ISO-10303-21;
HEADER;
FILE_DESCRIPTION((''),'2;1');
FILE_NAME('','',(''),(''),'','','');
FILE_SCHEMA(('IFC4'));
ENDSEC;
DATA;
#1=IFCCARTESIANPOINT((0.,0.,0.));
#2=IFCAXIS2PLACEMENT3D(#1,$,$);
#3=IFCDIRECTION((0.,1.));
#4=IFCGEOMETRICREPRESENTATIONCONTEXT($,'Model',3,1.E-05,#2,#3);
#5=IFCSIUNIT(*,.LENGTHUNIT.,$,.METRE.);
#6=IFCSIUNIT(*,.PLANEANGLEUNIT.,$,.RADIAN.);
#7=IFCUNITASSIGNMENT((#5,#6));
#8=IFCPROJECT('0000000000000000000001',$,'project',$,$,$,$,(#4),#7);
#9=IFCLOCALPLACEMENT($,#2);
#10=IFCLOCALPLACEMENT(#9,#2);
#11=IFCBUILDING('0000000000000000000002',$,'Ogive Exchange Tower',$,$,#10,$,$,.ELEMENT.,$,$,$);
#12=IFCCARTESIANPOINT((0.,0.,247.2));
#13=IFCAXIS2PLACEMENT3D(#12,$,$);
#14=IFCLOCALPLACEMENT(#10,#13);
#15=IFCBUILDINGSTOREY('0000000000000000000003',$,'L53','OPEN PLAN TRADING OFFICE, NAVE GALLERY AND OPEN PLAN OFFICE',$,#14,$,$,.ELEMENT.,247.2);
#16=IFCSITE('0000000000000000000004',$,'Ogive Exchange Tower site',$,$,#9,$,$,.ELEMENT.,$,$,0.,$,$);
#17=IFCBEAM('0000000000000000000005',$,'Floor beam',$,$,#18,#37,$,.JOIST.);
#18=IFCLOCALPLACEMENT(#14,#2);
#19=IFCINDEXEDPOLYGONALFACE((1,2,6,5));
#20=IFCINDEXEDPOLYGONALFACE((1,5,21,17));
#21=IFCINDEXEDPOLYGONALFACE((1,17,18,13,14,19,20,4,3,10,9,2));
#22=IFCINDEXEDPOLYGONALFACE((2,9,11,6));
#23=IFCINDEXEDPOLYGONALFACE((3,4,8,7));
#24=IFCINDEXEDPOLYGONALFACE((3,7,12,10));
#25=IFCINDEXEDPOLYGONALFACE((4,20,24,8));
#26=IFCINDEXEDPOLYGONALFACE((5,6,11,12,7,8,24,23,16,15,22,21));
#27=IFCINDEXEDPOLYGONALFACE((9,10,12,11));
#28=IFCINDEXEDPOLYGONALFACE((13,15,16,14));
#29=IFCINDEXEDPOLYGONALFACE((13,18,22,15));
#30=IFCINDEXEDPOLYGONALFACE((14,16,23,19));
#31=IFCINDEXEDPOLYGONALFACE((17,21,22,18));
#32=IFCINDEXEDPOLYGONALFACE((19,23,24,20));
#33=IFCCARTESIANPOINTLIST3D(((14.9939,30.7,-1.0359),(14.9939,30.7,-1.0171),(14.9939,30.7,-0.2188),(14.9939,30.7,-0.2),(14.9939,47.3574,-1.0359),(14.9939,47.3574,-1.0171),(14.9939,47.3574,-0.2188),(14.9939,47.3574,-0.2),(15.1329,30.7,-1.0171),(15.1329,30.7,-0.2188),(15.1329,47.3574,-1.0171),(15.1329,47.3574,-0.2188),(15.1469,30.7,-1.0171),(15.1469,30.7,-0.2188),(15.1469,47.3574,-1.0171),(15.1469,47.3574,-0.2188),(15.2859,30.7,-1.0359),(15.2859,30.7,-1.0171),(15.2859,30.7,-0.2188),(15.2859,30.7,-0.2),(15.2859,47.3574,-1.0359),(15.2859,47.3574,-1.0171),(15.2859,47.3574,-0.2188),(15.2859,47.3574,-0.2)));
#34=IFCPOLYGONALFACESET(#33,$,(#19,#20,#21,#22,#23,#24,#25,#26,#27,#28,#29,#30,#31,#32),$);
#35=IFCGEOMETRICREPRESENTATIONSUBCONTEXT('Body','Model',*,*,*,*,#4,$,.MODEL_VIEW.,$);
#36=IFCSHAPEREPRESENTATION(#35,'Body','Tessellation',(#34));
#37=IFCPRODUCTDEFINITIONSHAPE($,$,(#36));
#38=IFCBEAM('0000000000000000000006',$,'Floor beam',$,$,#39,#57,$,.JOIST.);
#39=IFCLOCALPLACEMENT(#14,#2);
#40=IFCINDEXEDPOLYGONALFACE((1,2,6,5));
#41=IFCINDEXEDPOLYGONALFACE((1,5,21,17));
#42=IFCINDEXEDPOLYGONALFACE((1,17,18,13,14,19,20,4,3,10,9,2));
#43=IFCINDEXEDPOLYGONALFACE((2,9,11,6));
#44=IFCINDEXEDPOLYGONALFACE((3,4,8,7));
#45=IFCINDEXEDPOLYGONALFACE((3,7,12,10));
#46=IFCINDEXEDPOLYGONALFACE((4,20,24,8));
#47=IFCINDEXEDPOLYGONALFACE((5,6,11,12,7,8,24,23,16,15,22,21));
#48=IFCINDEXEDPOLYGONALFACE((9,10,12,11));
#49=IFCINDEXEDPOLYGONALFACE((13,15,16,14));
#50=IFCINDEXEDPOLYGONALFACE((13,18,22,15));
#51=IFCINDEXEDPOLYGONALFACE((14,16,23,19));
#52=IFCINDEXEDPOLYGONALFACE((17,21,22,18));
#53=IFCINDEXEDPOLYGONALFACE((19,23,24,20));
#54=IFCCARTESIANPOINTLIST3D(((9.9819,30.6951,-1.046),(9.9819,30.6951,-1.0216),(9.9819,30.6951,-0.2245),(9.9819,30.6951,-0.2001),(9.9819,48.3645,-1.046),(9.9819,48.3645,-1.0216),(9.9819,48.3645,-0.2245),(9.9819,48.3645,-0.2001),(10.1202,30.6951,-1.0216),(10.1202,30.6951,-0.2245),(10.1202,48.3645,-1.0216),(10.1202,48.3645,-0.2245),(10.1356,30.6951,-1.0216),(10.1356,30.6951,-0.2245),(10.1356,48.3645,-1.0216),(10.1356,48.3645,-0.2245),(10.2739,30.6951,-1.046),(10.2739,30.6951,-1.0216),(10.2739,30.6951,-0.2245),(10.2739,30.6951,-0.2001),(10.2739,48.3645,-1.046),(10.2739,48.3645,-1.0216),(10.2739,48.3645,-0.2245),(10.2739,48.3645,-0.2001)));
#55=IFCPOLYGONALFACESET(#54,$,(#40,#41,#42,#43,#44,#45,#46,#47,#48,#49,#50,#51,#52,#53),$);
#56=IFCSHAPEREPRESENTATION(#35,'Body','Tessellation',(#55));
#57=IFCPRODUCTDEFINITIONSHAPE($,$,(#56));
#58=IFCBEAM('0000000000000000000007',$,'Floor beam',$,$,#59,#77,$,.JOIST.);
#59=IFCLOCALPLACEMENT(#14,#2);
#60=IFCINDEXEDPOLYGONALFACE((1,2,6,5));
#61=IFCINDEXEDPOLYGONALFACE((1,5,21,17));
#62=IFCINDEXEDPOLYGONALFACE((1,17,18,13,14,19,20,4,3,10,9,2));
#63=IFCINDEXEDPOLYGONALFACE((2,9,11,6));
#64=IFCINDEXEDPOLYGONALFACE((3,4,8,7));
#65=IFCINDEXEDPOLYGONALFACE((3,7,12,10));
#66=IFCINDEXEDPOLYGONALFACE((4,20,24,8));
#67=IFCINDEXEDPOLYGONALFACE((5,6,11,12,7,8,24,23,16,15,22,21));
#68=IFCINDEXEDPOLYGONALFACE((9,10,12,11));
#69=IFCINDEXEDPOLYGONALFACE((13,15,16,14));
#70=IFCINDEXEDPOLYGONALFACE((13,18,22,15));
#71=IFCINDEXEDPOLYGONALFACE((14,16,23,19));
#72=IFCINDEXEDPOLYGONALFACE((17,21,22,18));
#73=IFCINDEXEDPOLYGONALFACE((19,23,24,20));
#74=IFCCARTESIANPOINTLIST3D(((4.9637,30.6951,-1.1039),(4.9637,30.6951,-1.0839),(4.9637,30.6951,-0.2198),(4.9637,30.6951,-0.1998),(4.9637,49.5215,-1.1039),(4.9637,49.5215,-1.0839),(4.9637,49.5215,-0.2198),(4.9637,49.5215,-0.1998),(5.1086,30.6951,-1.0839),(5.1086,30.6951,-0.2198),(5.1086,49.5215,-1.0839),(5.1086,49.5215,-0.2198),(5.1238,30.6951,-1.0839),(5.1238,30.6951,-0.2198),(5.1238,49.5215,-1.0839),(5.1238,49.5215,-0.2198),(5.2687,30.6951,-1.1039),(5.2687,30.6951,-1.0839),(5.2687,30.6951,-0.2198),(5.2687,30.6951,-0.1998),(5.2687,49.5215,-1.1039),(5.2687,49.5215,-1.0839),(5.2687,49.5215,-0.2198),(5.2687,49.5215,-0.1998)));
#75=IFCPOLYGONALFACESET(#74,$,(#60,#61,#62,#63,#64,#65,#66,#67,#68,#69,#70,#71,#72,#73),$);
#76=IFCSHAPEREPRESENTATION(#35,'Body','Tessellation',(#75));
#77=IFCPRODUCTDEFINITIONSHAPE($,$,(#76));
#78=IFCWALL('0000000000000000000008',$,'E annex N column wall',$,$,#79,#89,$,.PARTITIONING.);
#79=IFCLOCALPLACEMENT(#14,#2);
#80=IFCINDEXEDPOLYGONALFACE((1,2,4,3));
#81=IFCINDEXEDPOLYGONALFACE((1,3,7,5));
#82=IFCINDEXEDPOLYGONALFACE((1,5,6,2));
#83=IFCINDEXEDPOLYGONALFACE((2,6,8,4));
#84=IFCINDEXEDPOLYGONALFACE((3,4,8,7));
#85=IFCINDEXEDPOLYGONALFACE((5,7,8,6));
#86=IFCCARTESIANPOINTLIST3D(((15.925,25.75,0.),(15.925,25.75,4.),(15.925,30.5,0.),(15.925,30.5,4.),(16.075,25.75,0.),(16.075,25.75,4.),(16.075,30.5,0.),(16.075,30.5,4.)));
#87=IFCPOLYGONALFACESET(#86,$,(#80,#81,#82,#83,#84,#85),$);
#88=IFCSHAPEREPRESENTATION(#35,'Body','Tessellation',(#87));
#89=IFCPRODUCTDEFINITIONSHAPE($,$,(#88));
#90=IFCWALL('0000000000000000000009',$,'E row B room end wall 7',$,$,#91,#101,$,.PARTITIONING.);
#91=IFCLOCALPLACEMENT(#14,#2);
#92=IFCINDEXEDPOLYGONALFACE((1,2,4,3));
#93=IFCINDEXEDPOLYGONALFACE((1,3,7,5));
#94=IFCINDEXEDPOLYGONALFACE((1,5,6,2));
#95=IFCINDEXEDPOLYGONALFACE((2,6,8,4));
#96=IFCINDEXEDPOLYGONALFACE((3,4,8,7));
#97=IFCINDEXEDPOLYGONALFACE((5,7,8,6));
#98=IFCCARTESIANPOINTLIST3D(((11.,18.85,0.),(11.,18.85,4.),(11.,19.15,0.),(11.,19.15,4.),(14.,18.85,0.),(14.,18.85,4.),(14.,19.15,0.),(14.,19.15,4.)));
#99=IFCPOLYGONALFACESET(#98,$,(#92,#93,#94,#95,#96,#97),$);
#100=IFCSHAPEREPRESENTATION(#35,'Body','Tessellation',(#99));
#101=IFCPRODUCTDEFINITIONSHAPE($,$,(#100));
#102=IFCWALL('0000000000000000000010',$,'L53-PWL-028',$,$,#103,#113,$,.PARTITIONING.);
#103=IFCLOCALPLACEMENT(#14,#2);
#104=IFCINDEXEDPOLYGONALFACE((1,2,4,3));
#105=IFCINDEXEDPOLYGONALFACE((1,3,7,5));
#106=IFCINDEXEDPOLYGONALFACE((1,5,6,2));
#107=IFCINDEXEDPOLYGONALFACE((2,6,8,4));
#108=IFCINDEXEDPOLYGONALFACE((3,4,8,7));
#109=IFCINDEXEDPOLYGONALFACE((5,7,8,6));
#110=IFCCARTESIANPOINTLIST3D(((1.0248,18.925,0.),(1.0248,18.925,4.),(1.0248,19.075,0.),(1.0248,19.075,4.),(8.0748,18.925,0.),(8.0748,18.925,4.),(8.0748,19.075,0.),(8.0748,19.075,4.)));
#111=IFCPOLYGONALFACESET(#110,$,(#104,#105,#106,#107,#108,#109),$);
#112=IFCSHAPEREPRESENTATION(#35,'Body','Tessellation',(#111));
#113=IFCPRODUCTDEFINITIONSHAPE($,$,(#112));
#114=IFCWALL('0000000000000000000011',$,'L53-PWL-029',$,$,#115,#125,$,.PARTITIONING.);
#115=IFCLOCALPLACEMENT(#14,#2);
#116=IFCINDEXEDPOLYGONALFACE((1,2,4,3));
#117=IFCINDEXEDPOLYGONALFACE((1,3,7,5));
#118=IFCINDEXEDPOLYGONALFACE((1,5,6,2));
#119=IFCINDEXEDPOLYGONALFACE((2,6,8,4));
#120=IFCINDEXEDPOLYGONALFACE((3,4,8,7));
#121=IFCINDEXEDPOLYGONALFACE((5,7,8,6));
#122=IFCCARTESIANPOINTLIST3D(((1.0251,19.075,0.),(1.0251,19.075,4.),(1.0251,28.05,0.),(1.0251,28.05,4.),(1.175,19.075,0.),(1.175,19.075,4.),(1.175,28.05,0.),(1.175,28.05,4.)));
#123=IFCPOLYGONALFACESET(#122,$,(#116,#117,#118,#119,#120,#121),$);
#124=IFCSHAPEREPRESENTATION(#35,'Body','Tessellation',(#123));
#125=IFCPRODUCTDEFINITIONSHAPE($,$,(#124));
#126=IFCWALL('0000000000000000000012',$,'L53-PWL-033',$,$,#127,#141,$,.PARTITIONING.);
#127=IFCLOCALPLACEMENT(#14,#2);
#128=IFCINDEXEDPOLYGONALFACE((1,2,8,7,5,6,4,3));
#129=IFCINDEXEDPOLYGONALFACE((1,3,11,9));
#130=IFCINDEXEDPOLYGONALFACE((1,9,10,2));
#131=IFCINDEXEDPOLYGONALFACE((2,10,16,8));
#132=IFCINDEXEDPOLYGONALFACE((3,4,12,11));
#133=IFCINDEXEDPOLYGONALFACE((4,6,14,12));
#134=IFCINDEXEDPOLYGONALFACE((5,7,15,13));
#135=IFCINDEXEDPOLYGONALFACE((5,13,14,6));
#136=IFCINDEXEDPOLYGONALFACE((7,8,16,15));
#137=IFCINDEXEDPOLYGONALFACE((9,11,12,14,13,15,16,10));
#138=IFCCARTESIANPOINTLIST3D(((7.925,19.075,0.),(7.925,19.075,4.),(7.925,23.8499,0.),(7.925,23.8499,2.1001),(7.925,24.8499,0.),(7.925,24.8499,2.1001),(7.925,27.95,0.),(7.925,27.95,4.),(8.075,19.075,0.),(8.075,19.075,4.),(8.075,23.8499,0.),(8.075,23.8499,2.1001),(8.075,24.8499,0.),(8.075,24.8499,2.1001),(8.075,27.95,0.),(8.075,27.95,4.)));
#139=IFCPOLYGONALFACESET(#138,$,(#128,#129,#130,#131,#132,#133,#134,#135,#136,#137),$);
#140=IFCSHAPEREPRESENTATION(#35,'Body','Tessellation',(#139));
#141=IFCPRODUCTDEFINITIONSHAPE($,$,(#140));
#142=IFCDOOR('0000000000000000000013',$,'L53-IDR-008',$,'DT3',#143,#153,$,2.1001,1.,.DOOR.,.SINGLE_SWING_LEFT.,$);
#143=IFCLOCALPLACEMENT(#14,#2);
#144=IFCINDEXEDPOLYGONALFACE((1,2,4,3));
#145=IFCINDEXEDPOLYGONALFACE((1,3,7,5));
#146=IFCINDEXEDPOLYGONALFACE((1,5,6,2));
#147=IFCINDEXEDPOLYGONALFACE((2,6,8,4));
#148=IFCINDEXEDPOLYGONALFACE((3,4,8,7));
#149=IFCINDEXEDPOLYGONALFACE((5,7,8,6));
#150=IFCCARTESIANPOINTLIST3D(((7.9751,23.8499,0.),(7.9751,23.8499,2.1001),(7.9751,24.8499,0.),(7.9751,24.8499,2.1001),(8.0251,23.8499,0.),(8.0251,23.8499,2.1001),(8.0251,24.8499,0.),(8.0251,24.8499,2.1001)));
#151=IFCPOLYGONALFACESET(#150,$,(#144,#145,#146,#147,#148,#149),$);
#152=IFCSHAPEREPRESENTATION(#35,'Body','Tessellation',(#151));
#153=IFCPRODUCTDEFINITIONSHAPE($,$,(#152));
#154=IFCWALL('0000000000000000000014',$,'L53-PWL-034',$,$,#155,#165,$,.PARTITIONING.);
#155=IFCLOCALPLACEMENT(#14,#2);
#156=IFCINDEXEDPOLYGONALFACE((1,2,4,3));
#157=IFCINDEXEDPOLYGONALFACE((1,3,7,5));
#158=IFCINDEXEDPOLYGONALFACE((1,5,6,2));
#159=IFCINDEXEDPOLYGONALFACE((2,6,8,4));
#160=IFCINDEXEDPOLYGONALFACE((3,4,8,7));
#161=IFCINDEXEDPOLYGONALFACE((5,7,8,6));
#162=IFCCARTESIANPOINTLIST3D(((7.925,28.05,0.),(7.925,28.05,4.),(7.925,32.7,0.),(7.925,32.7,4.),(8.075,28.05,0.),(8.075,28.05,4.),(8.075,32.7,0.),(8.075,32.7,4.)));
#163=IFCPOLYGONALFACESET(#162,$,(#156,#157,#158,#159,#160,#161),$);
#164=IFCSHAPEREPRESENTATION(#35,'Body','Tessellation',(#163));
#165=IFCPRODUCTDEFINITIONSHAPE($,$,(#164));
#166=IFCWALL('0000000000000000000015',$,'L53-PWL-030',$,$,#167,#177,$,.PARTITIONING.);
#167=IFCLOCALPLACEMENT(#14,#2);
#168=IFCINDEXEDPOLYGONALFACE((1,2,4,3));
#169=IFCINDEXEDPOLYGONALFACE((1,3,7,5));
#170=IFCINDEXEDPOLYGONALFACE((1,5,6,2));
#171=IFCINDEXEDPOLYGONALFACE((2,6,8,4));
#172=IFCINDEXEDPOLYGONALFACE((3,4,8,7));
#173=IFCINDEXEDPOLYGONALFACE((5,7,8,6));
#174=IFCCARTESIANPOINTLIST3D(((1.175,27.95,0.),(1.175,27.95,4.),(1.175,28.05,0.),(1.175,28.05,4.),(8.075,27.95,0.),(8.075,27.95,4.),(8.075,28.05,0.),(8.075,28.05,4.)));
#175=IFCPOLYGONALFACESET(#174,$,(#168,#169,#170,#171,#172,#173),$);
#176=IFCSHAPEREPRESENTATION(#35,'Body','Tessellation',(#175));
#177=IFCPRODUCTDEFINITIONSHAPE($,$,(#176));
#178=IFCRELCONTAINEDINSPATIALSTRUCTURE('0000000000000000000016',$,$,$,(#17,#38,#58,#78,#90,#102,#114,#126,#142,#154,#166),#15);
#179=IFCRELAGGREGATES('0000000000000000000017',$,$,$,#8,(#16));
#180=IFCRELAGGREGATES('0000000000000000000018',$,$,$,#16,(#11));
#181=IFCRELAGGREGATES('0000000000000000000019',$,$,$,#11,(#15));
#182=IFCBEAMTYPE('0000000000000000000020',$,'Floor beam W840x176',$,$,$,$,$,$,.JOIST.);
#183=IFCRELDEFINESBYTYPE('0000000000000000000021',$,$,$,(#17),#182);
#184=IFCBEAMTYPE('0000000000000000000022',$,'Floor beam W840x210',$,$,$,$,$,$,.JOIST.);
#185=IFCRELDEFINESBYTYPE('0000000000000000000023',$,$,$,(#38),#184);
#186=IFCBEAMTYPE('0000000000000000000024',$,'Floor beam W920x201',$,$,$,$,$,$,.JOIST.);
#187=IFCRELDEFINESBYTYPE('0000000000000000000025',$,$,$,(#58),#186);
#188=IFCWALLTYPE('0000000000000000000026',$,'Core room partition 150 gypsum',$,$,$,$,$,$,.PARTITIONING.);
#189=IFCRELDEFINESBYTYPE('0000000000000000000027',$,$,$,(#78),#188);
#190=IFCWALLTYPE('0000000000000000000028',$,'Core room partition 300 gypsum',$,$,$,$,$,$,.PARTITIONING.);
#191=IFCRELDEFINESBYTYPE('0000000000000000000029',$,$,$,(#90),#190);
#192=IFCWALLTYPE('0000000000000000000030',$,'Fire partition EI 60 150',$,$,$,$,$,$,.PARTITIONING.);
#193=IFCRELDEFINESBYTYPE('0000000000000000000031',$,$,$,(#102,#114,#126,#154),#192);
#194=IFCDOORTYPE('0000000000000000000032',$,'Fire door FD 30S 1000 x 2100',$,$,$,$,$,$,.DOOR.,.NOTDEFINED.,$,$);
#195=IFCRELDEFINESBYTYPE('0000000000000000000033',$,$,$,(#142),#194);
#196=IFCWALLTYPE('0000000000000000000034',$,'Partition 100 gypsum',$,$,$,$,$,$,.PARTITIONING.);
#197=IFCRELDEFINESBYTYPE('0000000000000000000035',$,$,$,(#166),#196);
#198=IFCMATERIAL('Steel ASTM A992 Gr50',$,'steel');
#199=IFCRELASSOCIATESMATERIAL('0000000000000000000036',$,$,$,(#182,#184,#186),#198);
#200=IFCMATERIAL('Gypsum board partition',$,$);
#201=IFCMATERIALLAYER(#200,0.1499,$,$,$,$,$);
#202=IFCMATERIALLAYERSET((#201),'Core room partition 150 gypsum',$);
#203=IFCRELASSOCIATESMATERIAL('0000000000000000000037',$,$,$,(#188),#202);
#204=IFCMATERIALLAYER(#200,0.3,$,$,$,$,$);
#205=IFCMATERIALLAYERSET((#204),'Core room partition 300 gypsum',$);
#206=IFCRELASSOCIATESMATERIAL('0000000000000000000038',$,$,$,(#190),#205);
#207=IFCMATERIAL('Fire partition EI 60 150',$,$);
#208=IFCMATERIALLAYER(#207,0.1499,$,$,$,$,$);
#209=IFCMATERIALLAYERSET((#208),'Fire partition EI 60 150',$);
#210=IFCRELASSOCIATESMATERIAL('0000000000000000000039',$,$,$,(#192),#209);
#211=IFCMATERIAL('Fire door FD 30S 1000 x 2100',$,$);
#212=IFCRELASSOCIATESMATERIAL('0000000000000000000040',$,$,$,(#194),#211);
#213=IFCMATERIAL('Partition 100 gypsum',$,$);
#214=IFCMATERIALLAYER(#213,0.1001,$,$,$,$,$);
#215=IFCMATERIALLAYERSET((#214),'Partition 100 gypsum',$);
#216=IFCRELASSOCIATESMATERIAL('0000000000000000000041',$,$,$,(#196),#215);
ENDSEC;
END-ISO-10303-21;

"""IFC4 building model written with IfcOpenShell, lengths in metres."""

from ifc_helpers import new_model, si_unit, direction, frame, frame_2d, origin, origin_2d, place, context, subcontext, project, spatial, rectangle, i_section, extrude, material, layer, layer_set, material_profile, profile_set, type_object, element, fill, save


model = new_model("IFC4")

# Units and contexts
model_context = context("Model", 3, precision=1e-05, world=origin(), true_north=direction((0.0, 1.0)))
body_context = subcontext(model_context, "Body", "Model", "MODEL_VIEW")
ifc_project = project(units=[si_unit("LENGTHUNIT", "METRE"), si_unit("PLANEANGLEUNIT", "RADIAN")], contexts=[model_context])

# Site, building, storey
site_placement = place(None, origin())
site = spatial("IfcSite", under=ifc_project, at=site_placement, Name="Ogive Exchange Tower site", CompositionType="ELEMENT", RefElevation=0.0)
building_placement = place(site_placement, origin())
building = spatial("IfcBuilding", under=site, at=building_placement, Name="Ogive Exchange Tower", CompositionType="ELEMENT")
storey_placement = place(building_placement, frame((0.0, 0.0, 247.2)))
storey = spatial("IfcBuildingStorey", under=building, at=storey_placement, Name="L53", Description="OPEN PLAN TRADING OFFICE, NAVE GALLERY AND OPEN PLAN OFFICE", CompositionType="ELEMENT", Elevation=247.2)

# Beams
ifc_material_1 = material(Name="Steel ASTM A992 Gr50", Category="steel")
ifc_material_profile_1 = material_profile(ifc_material_1, i_section(OverallWidth=0.292, OverallDepth=0.8359, WebThickness=0.0139, FlangeThickness=0.0188, at=origin_2d()), Name="W840x176")
ifc_profile_set_1 = profile_set([ifc_material_profile_1], Name="Steel ASTM A992 Gr50")
beam_type_1 = type_object("IfcBeamType", Name="Floor beam W840x176", PredefinedType="JOIST", material=ifc_profile_set_1)
beam_1_placement = place(storey_placement, frame((15.1399, 30.7, -0.6179), z_axis=(0.0, 1.0, 0.0), x_axis=(-1.0, 0.0, 0.0)))
element("IfcBeam", 1, at=beam_1_placement, inside=storey, type_object=beam_type_1, Name="Floor beam", PredefinedType="JOIST", context=body_context, shape_type="SweptSolid", body=[
    extrude(i_section(OverallWidth=0.292, OverallDepth=0.8359, WebThickness=0.0139, FlangeThickness=0.0188, at=origin_2d()), origin(), (0.0, 0.0, 1.0), 16.6575),
])
ifc_material_profile_2 = material_profile(ifc_material_1, i_section(OverallWidth=0.292, OverallDepth=0.8459, WebThickness=0.0154, FlangeThickness=0.0244, at=origin_2d()), Name="W840x210")
ifc_profile_set_2 = profile_set([ifc_material_profile_2], Name="Steel ASTM A992 Gr50")
beam_type_2 = type_object("IfcBeamType", Name="Floor beam W840x210", PredefinedType="JOIST", material=ifc_profile_set_2)
beam_2_placement = place(storey_placement, frame((10.1279, 30.6951, -0.623), z_axis=(0.0, 1.0, 0.0), x_axis=(-1.0, 0.0, 0.0)))
element("IfcBeam", 2, at=beam_2_placement, inside=storey, type_object=beam_type_2, Name="Floor beam", PredefinedType="JOIST", context=body_context, shape_type="SweptSolid", body=[
    extrude(i_section(OverallWidth=0.292, OverallDepth=0.8459, WebThickness=0.0154, FlangeThickness=0.0244, at=origin_2d()), origin(), (0.0, 0.0, 1.0), 17.6694),
])
ifc_material_profile_3 = material_profile(ifc_material_1, i_section(OverallWidth=0.3049, OverallDepth=0.9041, WebThickness=0.0151, FlangeThickness=0.02, at=origin_2d()), Name="W920x201")
ifc_profile_set_3 = profile_set([ifc_material_profile_3], Name="Steel ASTM A992 Gr50")
beam_type_3 = type_object("IfcBeamType", Name="Floor beam W920x201", PredefinedType="JOIST", material=ifc_profile_set_3)
beam_3_placement = place(storey_placement, frame((5.1162, 30.6951, -0.6519), z_axis=(0.0, 1.0, 0.0), x_axis=(-1.0, 0.0, 0.0)))
element("IfcBeam", 3, at=beam_3_placement, inside=storey, type_object=beam_type_3, Name="Floor beam", PredefinedType="JOIST", context=body_context, shape_type="SweptSolid", body=[
    extrude(i_section(OverallWidth=0.3049, OverallDepth=0.9041, WebThickness=0.0151, FlangeThickness=0.02, at=origin_2d()), origin(), (0.0, 0.0, 1.0), 18.8264),
])

# Walls
ifc_material_2 = material(Name="Gypsum board partition")
ifc_layer_1 = layer(ifc_material_2, 0.1499)
ifc_layer_set_1 = layer_set([ifc_layer_1], Name="Core room partition 150 gypsum")
wall_type_1 = type_object("IfcWallType", Name="Core room partition 150 gypsum", PredefinedType="PARTITIONING", material=ifc_layer_set_1)
wall_1_placement = place(storey_placement, frame((16.0, 25.75, 0.0), z_axis=(0.0, 0.0, 1.0), x_axis=(0.0, 1.0, 0.0)))
element("IfcWall", 4, at=wall_1_placement, inside=storey, type_object=wall_type_1, Name="E annex N column wall", PredefinedType="PARTITIONING", context=body_context, shape_type="SweptSolid", body=[
    extrude(rectangle(XDim=4.75, YDim=0.1499, at=frame_2d((2.375, 0.0))), origin(), (0.0, 0.0, 1.0), 4.0),
])
ifc_layer_2 = layer(ifc_material_2, 0.3)
ifc_layer_set_2 = layer_set([ifc_layer_2], Name="Core room partition 300 gypsum")
wall_type_2 = type_object("IfcWallType", Name="Core room partition 300 gypsum", PredefinedType="PARTITIONING", material=ifc_layer_set_2)
wall_2_placement = place(storey_placement, frame((11.0, 19.0, 0.0), z_axis=(0.0, 0.0, 1.0), x_axis=(1.0, 0.0, 0.0)))
element("IfcWall", 5, at=wall_2_placement, inside=storey, type_object=wall_type_2, Name="E row B room end wall 7", PredefinedType="PARTITIONING", context=body_context, shape_type="SweptSolid", body=[
    extrude(rectangle(XDim=3.0, YDim=0.3, at=frame_2d((1.5, 0.0))), origin(), (0.0, 0.0, 1.0), 4.0),
])
ifc_material_3 = material(Name="Fire partition EI 60 150")
ifc_layer_3 = layer(ifc_material_3, 0.1499)
ifc_layer_set_3 = layer_set([ifc_layer_3], Name="Fire partition EI 60 150")
wall_type_3 = type_object("IfcWallType", Name="Fire partition EI 60 150", PredefinedType="PARTITIONING", material=ifc_layer_set_3)
wall_3_placement = place(storey_placement, frame((1.0249, 19.0, 0.0), z_axis=(0.0, 0.0, 1.0), x_axis=(1.0, 0.0, 0.0)))
element("IfcWall", 6, at=wall_3_placement, inside=storey, type_object=wall_type_3, Name="L53-PWL-028", PredefinedType="PARTITIONING", context=body_context, shape_type="SweptSolid", body=[
    extrude(rectangle(XDim=7.05, YDim=0.1499, at=frame_2d((3.5249, 0.0))), origin(), (0.0, 0.0, 1.0), 4.0),
])
wall_4_placement = place(storey_placement, frame((1.1001, 28.05, 0.0), z_axis=(0.0, 0.0, 1.0), x_axis=(0.0, -1.0, 0.0)))
element("IfcWall", 7, at=wall_4_placement, inside=storey, type_object=wall_type_3, Name="L53-PWL-029", PredefinedType="PARTITIONING", context=body_context, shape_type="SweptSolid", body=[
    extrude(rectangle(XDim=8.9751, YDim=0.1499, at=frame_2d((4.4875, 0.0))), origin(), (0.0, 0.0, 1.0), 4.0),
])

# Wall, opening, door
wall_5_placement = place(storey_placement, frame((8.0, 19.075, 0.0), z_axis=(0.0, 0.0, 1.0), x_axis=(0.0, 1.0, 0.0)))
wall_5 = element("IfcWall", 8, at=wall_5_placement, inside=storey, type_object=wall_type_3, Name="L53-PWL-033", PredefinedType="PARTITIONING", context=body_context, shape_type="SweptSolid", body=[
    extrude(rectangle(XDim=8.875, YDim=0.1499, at=frame_2d((4.4375, 0.0))), origin(), (0.0, 0.0, 1.0), 4.0),
])
opening_1_placement = place(wall_5_placement, frame((4.7749, 0.0, 0.0)))
opening_1 = element("IfcOpeningElement", 9, at=opening_1_placement, cuts=wall_5, PredefinedType="OPENING", context=body_context, shape_type="SweptSolid", body=[
    extrude(rectangle(XDim=1.0, YDim=2.1001, at=frame_2d((0.5, 1.05))), frame((0.0, 0.085, 0.0), z_axis=(0.0, -1.0, 0.0), x_axis=(1.0, 0.0, 0.0)), (0.0, 0.0, 1.0), 0.1699),
])
ifc_material_4 = material(Name="Fire door FD 30S 1000 x 2100")
door_type_1 = type_object("IfcDoorType", Name="Fire door FD 30S 1000 x 2100", OperationType="NOTDEFINED", PredefinedType="DOOR", material=ifc_material_4)
door_1_placement = place(opening_1_placement, origin())
door_1 = element("IfcDoor", 10, at=door_1_placement, inside=storey, type_object=door_type_1, Name="L53-IDR-008", ObjectType="DT3", OperationType="SINGLE_SWING_LEFT", OverallHeight=2.1001, OverallWidth=1.0, PredefinedType="DOOR", context=body_context, shape_type="SweptSolid", body=[
    extrude(rectangle(XDim=1.0, YDim=2.1001, at=frame_2d((0.5, 1.05))), frame((0.0, 0.0249, 0.0), z_axis=(0.0, -1.0, 0.0), x_axis=(1.0, 0.0, 0.0)), (0.0, 0.0, 1.0), 0.05),
])
fill(opening_1, door_1)

# Walls
wall_6_placement = place(storey_placement, frame((8.0, 28.05, 0.0), z_axis=(0.0, 0.0, 1.0), x_axis=(0.0, 1.0, 0.0)))
element("IfcWall", 11, at=wall_6_placement, inside=storey, type_object=wall_type_3, Name="L53-PWL-034", PredefinedType="PARTITIONING", context=body_context, shape_type="SweptSolid", body=[
    extrude(rectangle(XDim=4.6499, YDim=0.1499, at=frame_2d((2.325, 0.0))), origin(), (0.0, 0.0, 1.0), 4.0),
])
ifc_material_5 = material(Name="Partition 100 gypsum")
ifc_layer_4 = layer(ifc_material_5, 0.1001)
ifc_layer_set_4 = layer_set([ifc_layer_4], Name="Partition 100 gypsum")
wall_type_4 = type_object("IfcWallType", Name="Partition 100 gypsum", PredefinedType="PARTITIONING", material=ifc_layer_set_4)
wall_7_placement = place(storey_placement, frame((1.175, 28.0, 0.0), z_axis=(0.0, 0.0, 1.0), x_axis=(1.0, 0.0, 0.0)))
element("IfcWall", 12, at=wall_7_placement, inside=storey, type_object=wall_type_4, Name="L53-PWL-030", PredefinedType="PARTITIONING", context=body_context, shape_type="SweptSolid", body=[
    extrude(rectangle(XDim=6.8999, YDim=0.1001, at=frame_2d((3.45, 0.0))), origin(), (0.0, 0.0, 1.0), 4.0),
])

save(model, "model.ifc")
